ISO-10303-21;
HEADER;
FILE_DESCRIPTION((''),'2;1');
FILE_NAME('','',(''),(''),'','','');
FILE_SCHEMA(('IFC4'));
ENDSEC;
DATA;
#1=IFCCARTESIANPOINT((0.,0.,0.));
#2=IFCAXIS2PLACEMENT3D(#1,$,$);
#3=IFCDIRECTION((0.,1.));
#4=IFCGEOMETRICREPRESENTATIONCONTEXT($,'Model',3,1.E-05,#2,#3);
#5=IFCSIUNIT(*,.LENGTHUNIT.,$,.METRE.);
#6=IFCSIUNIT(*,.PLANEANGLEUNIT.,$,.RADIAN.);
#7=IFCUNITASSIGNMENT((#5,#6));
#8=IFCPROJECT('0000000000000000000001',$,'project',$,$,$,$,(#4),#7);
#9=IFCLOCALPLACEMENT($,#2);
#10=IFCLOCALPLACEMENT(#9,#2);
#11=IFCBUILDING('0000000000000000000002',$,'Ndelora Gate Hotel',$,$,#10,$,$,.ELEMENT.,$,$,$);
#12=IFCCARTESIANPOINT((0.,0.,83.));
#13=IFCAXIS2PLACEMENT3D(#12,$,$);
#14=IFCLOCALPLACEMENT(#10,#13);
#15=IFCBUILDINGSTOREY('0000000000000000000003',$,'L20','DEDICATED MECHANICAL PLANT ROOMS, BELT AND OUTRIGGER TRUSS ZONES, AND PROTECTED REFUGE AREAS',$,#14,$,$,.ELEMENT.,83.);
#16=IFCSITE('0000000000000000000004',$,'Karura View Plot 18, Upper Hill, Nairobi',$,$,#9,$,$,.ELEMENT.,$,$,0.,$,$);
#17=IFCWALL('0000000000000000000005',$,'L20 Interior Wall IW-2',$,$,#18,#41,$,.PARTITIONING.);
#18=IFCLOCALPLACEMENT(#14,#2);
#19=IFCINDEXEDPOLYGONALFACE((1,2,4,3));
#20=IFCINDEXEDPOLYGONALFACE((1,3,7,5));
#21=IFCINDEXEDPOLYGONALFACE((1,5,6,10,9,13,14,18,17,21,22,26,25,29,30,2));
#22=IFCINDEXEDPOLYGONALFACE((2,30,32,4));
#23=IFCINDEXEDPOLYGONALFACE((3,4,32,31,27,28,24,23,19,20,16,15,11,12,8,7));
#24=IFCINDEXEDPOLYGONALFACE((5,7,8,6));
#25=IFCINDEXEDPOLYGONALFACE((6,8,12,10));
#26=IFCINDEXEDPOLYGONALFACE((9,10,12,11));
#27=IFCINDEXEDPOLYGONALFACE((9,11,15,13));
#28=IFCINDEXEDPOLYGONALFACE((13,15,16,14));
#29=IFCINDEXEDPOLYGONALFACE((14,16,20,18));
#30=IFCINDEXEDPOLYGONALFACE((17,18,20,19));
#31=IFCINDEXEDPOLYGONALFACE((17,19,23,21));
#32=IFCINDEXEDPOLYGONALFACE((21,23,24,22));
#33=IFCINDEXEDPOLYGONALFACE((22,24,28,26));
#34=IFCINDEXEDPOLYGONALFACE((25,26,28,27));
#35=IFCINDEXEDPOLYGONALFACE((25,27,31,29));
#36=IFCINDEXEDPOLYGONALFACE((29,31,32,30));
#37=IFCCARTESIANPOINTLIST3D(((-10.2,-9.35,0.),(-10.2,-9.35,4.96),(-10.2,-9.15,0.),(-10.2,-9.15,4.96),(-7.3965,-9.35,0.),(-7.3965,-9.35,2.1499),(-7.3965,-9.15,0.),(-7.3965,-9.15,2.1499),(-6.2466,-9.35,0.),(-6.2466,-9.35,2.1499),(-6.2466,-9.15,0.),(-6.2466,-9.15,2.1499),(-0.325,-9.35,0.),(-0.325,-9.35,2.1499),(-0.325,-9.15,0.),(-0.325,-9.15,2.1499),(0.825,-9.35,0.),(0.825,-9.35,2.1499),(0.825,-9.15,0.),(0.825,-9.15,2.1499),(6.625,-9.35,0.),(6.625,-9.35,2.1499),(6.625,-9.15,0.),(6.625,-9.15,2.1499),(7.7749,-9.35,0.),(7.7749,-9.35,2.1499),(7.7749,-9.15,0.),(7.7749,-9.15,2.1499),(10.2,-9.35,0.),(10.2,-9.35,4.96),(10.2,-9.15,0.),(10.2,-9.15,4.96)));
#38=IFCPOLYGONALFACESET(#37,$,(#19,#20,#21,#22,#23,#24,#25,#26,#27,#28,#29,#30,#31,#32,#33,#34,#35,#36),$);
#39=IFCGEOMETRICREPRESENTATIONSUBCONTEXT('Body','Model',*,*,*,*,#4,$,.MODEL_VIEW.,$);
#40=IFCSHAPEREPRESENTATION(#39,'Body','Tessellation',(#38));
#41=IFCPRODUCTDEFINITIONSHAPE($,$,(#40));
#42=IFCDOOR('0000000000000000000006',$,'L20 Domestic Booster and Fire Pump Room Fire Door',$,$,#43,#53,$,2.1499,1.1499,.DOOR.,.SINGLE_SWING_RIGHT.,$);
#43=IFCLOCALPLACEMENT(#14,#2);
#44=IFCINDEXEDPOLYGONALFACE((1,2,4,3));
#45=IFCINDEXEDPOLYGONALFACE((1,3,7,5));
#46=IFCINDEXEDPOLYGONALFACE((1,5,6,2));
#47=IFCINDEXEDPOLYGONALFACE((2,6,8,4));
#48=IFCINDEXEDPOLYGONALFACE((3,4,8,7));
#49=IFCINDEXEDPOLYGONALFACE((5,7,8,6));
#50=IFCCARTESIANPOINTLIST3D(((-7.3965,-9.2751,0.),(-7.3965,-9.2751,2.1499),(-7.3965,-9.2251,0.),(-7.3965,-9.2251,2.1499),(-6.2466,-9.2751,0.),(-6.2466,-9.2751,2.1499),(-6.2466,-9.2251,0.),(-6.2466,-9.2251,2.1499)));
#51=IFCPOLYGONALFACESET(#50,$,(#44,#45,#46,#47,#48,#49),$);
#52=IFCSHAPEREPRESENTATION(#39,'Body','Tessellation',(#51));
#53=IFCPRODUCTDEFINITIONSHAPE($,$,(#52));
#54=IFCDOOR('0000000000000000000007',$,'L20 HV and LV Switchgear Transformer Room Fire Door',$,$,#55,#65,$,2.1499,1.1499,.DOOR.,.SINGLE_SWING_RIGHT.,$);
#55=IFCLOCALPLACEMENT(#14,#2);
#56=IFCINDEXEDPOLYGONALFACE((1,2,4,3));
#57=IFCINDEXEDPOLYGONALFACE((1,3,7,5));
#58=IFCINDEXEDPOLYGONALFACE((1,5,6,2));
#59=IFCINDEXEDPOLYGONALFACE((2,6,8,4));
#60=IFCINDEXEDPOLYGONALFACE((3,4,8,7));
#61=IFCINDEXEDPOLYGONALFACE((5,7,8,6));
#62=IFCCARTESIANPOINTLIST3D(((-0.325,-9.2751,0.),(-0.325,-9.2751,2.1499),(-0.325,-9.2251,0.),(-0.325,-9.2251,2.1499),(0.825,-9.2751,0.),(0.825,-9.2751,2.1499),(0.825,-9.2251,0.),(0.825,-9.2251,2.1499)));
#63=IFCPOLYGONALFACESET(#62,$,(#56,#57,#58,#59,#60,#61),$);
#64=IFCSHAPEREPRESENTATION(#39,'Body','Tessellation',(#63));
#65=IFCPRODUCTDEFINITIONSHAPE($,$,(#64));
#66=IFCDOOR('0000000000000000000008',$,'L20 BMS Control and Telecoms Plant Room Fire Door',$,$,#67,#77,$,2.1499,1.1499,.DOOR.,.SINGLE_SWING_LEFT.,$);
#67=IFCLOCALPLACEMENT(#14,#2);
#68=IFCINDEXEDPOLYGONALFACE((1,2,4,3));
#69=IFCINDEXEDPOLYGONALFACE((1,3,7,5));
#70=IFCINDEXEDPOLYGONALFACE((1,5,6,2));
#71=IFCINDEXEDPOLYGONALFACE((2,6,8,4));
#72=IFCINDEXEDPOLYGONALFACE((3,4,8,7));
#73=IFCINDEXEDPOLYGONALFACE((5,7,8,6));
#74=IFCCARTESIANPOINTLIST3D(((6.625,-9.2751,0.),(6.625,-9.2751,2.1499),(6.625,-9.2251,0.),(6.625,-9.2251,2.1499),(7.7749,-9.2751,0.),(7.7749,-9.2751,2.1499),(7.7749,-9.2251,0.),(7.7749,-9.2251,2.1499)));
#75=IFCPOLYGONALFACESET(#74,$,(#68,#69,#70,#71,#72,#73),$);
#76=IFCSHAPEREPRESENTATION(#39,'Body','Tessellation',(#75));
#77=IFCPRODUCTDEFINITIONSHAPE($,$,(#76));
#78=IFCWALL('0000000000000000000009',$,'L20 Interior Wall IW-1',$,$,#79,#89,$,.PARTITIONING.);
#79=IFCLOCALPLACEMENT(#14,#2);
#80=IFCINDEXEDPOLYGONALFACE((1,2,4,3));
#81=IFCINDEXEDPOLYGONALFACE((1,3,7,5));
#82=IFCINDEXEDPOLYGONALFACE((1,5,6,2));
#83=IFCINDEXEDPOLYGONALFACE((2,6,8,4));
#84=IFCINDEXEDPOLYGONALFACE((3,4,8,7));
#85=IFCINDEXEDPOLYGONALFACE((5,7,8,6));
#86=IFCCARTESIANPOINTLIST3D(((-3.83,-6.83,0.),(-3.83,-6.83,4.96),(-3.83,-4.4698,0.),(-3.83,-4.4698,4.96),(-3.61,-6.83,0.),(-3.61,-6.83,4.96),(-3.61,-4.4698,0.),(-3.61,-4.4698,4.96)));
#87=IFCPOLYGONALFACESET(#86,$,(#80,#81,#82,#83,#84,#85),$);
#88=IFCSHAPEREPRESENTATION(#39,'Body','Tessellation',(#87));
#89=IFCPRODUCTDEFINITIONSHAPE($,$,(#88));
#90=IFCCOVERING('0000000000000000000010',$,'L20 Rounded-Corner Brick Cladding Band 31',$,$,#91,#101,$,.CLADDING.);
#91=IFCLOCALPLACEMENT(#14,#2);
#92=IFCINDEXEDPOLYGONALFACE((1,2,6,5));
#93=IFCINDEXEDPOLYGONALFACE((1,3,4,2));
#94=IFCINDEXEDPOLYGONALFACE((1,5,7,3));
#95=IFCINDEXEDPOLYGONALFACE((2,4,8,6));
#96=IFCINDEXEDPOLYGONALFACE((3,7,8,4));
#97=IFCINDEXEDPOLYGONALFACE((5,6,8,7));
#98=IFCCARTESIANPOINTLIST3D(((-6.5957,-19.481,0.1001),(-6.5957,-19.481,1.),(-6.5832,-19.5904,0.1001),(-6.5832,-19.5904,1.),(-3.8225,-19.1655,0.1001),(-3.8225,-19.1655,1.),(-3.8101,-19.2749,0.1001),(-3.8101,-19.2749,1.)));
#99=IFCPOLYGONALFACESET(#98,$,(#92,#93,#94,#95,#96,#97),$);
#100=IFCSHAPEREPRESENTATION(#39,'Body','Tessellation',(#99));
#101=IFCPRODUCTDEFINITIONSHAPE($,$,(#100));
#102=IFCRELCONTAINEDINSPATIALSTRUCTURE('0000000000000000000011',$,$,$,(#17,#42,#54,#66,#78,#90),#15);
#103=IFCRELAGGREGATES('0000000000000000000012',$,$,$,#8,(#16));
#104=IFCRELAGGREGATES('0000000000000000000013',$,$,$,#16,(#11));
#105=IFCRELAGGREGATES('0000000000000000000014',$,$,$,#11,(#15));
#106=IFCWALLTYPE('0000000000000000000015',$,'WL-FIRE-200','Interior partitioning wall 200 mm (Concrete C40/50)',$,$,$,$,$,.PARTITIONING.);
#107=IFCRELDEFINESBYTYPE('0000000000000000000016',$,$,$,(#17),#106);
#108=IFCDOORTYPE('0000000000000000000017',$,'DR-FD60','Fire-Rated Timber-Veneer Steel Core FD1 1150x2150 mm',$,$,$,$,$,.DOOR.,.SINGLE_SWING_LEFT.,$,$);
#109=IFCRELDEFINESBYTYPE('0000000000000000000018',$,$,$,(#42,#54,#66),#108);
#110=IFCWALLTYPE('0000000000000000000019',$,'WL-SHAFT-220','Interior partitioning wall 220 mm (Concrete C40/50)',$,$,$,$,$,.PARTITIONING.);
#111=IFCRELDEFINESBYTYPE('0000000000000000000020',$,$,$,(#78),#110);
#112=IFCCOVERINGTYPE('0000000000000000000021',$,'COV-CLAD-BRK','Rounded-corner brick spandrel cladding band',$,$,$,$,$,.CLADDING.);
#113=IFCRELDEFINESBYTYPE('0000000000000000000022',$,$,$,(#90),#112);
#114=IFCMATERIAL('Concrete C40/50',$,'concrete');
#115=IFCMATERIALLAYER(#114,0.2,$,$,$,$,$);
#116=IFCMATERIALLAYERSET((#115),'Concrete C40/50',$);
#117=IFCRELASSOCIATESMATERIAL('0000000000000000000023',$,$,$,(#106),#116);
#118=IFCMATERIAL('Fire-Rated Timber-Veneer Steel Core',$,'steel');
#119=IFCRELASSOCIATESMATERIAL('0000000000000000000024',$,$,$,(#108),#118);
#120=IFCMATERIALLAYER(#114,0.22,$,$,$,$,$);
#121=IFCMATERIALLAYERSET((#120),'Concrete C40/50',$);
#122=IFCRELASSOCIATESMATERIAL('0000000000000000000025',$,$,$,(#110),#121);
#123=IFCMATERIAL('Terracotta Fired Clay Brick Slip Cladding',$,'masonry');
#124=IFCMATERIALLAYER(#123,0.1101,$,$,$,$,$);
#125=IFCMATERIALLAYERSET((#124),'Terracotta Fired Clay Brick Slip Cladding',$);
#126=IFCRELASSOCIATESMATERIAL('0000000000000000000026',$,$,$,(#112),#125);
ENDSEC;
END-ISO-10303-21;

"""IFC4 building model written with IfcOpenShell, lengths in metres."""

from ifc_helpers import new_model, si_unit, direction, frame, frame_2d, origin, origin_2d, place, context, subcontext, project, spatial, rectangle, extrude, material, layer, layer_set, type_object, element, fill, save


model = new_model("IFC4")

# Units and contexts
model_context = context("Model", 3, precision=1e-05, world=origin(), true_north=direction((0.0, 1.0)))
body_context = subcontext(model_context, "Body", "Model", "MODEL_VIEW")
ifc_project = project(units=[si_unit("LENGTHUNIT", "METRE"), si_unit("PLANEANGLEUNIT", "RADIAN")], contexts=[model_context])

# Site, building, storey
site_placement = place(None, origin())
site = spatial("IfcSite", under=ifc_project, at=site_placement, Name="Karura View Plot 18, Upper Hill, Nairobi", CompositionType="ELEMENT", RefElevation=0.0)
building_placement = place(site_placement, origin())
building = spatial("IfcBuilding", under=site, at=building_placement, Name="Ndelora Gate Hotel", CompositionType="ELEMENT")
storey_placement = place(building_placement, frame((0.0, 0.0, 83.0)))
storey = spatial("IfcBuildingStorey", under=building, at=storey_placement, Name="L20", Description="DEDICATED MECHANICAL PLANT ROOMS, BELT AND OUTRIGGER TRUSS ZONES, AND PROTECTED REFUGE AREAS", CompositionType="ELEMENT", Elevation=83.0)

# Shared definitions
ifc_material_1 = material(Name="Concrete C40/50", Category="concrete")
ifc_layer_1 = layer(ifc_material_1, 0.2)
ifc_layer_set_1 = layer_set([ifc_layer_1], Name="Concrete C40/50")
wall_type_1 = type_object("IfcWallType", Name="WL-FIRE-200", Description="Interior partitioning wall 200 mm (Concrete C40/50)", PredefinedType="PARTITIONING", material=ifc_layer_set_1)

# Wall, openings, doors
wall_1_placement = place(storey_placement, frame((-10.2, -9.25, 0.0), z_axis=(0.0, 0.0, 1.0), x_axis=(1.0, 0.0, 0.0)))
wall_1 = element("IfcWall", 1, at=wall_1_placement, inside=storey, type_object=wall_type_1, Name="L20 Interior Wall IW-2", PredefinedType="PARTITIONING", context=body_context, shape_type="SweptSolid", body=[
    extrude(rectangle(XDim=20.3999, YDim=0.2, at=frame_2d((10.2, 0.0))), origin(), (0.0, 0.0, 1.0), 4.96),
])
opening_1_placement = place(wall_1_placement, frame((2.8035, 0.0, 0.0)))
opening_1 = element("IfcOpeningElement", 2, at=opening_1_placement, cuts=wall_1, PredefinedType="OPENING", context=body_context, shape_type="SweptSolid", body=[
    extrude(rectangle(XDim=1.1499, YDim=2.1499, at=frame_2d((0.575, 1.075))), frame((0.0, 0.1099, 0.0), z_axis=(0.0, -1.0, 0.0), x_axis=(1.0, 0.0, 0.0)), (0.0, 0.0, 1.0), 0.22),
])
opening_2_placement = place(wall_1_placement, frame((9.875, 0.0, 0.0)))
opening_2 = element("IfcOpeningElement", 3, at=opening_2_placement, cuts=wall_1, PredefinedType="OPENING", context=body_context, shape_type="SweptSolid", body=[
    extrude(rectangle(XDim=1.1499, YDim=2.1499, at=frame_2d((0.575, 1.075))), frame((0.0, 0.1099, 0.0), z_axis=(0.0, -1.0, 0.0), x_axis=(1.0, 0.0, 0.0)), (0.0, 0.0, 1.0), 0.22),
])
opening_3_placement = place(wall_1_placement, frame((16.825, 0.0, 0.0)))
opening_3 = element("IfcOpeningElement", 4, at=opening_3_placement, cuts=wall_1, PredefinedType="OPENING", context=body_context, shape_type="SweptSolid", body=[
    extrude(rectangle(XDim=1.1499, YDim=2.1499, at=frame_2d((0.575, 1.075))), frame((0.0, 0.1099, 0.0), z_axis=(0.0, -1.0, 0.0), x_axis=(1.0, 0.0, 0.0)), (0.0, 0.0, 1.0), 0.22),
])
ifc_material_2 = material(Name="Fire-Rated Timber-Veneer Steel Core", Category="steel")
door_type = type_object("IfcDoorType", Name="DR-FD60", Description="Fire-Rated Timber-Veneer Steel Core FD1 1150x2150 mm", OperationType="SINGLE_SWING_LEFT", PredefinedType="DOOR", material=ifc_material_2)
door_1_placement = place(opening_1_placement, origin())
door_1 = element("IfcDoor", 5, at=door_1_placement, inside=storey, type_object=door_type, Name="L20 Domestic Booster and Fire Pump Room Fire Door", OperationType="SINGLE_SWING_RIGHT", OverallHeight=2.1499, OverallWidth=1.1499, PredefinedType="DOOR", context=body_context, shape_type="SweptSolid", body=[
    extrude(rectangle(XDim=1.1499, YDim=2.1499, at=frame_2d((0.575, 1.075))), frame((0.0, 0.0249, 0.0), z_axis=(0.0, -1.0, 0.0), x_axis=(1.0, 0.0, 0.0)), (0.0, 0.0, 1.0), 0.05),
])
fill(opening_1, door_1)
door_2_placement = place(opening_2_placement, origin())
door_2 = element("IfcDoor", 6, at=door_2_placement, inside=storey, type_object=door_type, Name="L20 HV and LV Switchgear Transformer Room Fire Door", OperationType="SINGLE_SWING_RIGHT", OverallHeight=2.1499, OverallWidth=1.1499, PredefinedType="DOOR", context=body_context, shape_type="SweptSolid", body=[
    extrude(rectangle(XDim=1.1499, YDim=2.1499, at=frame_2d((0.575, 1.075))), frame((0.0, 0.0249, 0.0), z_axis=(0.0, -1.0, 0.0), x_axis=(1.0, 0.0, 0.0)), (0.0, 0.0, 1.0), 0.05),
])
fill(opening_2, door_2)
door_3_placement = place(opening_3_placement, origin())
door_3 = element("IfcDoor", 7, at=door_3_placement, inside=storey, type_object=door_type, Name="L20 BMS Control and Telecoms Plant Room Fire Door", OperationType="SINGLE_SWING_LEFT", OverallHeight=2.1499, OverallWidth=1.1499, PredefinedType="DOOR", context=body_context, shape_type="SweptSolid", body=[
    extrude(rectangle(XDim=1.1499, YDim=2.1499, at=frame_2d((0.575, 1.075))), frame((0.0, 0.0249, 0.0), z_axis=(0.0, -1.0, 0.0), x_axis=(1.0, 0.0, 0.0)), (0.0, 0.0, 1.0), 0.05),
])
fill(opening_3, door_3)

# Wall
ifc_layer_2 = layer(ifc_material_1, 0.22)
ifc_layer_set_2 = layer_set([ifc_layer_2], Name="Concrete C40/50")
wall_type_2 = type_object("IfcWallType", Name="WL-SHAFT-220", Description="Interior partitioning wall 220 mm (Concrete C40/50)", PredefinedType="PARTITIONING", material=ifc_layer_set_2)
wall_2_placement = place(storey_placement, frame((-3.72, -6.8301, 0.0), z_axis=(0.0, 0.0, 1.0), x_axis=(0.0, 1.0, 0.0)))
element("IfcWall", 8, at=wall_2_placement, inside=storey, type_object=wall_type_2, Name="L20 Interior Wall IW-1", PredefinedType="PARTITIONING", context=body_context, shape_type="SweptSolid", body=[
    extrude(rectangle(XDim=2.3601, YDim=0.22, at=frame_2d((1.1802, 0.0))), origin(), (0.0, 0.0, 1.0), 4.96),
])

# Covering
ifc_material_3 = material(Name="Terracotta Fired Clay Brick Slip Cladding", Category="masonry")
ifc_layer_3 = layer(ifc_material_3, 0.1101)
ifc_layer_set_3 = layer_set([ifc_layer_3], Name="Terracotta Fired Clay Brick Slip Cladding")
covering_type = type_object("IfcCoveringType", Name="COV-CLAD-BRK", Description="Rounded-corner brick spandrel cladding band", PredefinedType="CLADDING", material=ifc_layer_set_3)
covering_placement = place(storey_placement, frame((-5.2029, -19.3779, 0.1001), z_axis=(0.0, 0.0, 1.0), x_axis=(0.993592, 0.11303, 0.0)))
element("IfcCovering", 9, at=covering_placement, inside=storey, type_object=covering_type, Name="L20 Rounded-Corner Brick Cladding Band 31", PredefinedType="CLADDING", context=body_context, shape_type="SweptSolid", body=[
    extrude(rectangle(XDim=2.791, YDim=0.1101, at=origin_2d()), origin(), (0.0, 0.0, 1.0), 0.8999),
])

save(model, "model.ifc")
